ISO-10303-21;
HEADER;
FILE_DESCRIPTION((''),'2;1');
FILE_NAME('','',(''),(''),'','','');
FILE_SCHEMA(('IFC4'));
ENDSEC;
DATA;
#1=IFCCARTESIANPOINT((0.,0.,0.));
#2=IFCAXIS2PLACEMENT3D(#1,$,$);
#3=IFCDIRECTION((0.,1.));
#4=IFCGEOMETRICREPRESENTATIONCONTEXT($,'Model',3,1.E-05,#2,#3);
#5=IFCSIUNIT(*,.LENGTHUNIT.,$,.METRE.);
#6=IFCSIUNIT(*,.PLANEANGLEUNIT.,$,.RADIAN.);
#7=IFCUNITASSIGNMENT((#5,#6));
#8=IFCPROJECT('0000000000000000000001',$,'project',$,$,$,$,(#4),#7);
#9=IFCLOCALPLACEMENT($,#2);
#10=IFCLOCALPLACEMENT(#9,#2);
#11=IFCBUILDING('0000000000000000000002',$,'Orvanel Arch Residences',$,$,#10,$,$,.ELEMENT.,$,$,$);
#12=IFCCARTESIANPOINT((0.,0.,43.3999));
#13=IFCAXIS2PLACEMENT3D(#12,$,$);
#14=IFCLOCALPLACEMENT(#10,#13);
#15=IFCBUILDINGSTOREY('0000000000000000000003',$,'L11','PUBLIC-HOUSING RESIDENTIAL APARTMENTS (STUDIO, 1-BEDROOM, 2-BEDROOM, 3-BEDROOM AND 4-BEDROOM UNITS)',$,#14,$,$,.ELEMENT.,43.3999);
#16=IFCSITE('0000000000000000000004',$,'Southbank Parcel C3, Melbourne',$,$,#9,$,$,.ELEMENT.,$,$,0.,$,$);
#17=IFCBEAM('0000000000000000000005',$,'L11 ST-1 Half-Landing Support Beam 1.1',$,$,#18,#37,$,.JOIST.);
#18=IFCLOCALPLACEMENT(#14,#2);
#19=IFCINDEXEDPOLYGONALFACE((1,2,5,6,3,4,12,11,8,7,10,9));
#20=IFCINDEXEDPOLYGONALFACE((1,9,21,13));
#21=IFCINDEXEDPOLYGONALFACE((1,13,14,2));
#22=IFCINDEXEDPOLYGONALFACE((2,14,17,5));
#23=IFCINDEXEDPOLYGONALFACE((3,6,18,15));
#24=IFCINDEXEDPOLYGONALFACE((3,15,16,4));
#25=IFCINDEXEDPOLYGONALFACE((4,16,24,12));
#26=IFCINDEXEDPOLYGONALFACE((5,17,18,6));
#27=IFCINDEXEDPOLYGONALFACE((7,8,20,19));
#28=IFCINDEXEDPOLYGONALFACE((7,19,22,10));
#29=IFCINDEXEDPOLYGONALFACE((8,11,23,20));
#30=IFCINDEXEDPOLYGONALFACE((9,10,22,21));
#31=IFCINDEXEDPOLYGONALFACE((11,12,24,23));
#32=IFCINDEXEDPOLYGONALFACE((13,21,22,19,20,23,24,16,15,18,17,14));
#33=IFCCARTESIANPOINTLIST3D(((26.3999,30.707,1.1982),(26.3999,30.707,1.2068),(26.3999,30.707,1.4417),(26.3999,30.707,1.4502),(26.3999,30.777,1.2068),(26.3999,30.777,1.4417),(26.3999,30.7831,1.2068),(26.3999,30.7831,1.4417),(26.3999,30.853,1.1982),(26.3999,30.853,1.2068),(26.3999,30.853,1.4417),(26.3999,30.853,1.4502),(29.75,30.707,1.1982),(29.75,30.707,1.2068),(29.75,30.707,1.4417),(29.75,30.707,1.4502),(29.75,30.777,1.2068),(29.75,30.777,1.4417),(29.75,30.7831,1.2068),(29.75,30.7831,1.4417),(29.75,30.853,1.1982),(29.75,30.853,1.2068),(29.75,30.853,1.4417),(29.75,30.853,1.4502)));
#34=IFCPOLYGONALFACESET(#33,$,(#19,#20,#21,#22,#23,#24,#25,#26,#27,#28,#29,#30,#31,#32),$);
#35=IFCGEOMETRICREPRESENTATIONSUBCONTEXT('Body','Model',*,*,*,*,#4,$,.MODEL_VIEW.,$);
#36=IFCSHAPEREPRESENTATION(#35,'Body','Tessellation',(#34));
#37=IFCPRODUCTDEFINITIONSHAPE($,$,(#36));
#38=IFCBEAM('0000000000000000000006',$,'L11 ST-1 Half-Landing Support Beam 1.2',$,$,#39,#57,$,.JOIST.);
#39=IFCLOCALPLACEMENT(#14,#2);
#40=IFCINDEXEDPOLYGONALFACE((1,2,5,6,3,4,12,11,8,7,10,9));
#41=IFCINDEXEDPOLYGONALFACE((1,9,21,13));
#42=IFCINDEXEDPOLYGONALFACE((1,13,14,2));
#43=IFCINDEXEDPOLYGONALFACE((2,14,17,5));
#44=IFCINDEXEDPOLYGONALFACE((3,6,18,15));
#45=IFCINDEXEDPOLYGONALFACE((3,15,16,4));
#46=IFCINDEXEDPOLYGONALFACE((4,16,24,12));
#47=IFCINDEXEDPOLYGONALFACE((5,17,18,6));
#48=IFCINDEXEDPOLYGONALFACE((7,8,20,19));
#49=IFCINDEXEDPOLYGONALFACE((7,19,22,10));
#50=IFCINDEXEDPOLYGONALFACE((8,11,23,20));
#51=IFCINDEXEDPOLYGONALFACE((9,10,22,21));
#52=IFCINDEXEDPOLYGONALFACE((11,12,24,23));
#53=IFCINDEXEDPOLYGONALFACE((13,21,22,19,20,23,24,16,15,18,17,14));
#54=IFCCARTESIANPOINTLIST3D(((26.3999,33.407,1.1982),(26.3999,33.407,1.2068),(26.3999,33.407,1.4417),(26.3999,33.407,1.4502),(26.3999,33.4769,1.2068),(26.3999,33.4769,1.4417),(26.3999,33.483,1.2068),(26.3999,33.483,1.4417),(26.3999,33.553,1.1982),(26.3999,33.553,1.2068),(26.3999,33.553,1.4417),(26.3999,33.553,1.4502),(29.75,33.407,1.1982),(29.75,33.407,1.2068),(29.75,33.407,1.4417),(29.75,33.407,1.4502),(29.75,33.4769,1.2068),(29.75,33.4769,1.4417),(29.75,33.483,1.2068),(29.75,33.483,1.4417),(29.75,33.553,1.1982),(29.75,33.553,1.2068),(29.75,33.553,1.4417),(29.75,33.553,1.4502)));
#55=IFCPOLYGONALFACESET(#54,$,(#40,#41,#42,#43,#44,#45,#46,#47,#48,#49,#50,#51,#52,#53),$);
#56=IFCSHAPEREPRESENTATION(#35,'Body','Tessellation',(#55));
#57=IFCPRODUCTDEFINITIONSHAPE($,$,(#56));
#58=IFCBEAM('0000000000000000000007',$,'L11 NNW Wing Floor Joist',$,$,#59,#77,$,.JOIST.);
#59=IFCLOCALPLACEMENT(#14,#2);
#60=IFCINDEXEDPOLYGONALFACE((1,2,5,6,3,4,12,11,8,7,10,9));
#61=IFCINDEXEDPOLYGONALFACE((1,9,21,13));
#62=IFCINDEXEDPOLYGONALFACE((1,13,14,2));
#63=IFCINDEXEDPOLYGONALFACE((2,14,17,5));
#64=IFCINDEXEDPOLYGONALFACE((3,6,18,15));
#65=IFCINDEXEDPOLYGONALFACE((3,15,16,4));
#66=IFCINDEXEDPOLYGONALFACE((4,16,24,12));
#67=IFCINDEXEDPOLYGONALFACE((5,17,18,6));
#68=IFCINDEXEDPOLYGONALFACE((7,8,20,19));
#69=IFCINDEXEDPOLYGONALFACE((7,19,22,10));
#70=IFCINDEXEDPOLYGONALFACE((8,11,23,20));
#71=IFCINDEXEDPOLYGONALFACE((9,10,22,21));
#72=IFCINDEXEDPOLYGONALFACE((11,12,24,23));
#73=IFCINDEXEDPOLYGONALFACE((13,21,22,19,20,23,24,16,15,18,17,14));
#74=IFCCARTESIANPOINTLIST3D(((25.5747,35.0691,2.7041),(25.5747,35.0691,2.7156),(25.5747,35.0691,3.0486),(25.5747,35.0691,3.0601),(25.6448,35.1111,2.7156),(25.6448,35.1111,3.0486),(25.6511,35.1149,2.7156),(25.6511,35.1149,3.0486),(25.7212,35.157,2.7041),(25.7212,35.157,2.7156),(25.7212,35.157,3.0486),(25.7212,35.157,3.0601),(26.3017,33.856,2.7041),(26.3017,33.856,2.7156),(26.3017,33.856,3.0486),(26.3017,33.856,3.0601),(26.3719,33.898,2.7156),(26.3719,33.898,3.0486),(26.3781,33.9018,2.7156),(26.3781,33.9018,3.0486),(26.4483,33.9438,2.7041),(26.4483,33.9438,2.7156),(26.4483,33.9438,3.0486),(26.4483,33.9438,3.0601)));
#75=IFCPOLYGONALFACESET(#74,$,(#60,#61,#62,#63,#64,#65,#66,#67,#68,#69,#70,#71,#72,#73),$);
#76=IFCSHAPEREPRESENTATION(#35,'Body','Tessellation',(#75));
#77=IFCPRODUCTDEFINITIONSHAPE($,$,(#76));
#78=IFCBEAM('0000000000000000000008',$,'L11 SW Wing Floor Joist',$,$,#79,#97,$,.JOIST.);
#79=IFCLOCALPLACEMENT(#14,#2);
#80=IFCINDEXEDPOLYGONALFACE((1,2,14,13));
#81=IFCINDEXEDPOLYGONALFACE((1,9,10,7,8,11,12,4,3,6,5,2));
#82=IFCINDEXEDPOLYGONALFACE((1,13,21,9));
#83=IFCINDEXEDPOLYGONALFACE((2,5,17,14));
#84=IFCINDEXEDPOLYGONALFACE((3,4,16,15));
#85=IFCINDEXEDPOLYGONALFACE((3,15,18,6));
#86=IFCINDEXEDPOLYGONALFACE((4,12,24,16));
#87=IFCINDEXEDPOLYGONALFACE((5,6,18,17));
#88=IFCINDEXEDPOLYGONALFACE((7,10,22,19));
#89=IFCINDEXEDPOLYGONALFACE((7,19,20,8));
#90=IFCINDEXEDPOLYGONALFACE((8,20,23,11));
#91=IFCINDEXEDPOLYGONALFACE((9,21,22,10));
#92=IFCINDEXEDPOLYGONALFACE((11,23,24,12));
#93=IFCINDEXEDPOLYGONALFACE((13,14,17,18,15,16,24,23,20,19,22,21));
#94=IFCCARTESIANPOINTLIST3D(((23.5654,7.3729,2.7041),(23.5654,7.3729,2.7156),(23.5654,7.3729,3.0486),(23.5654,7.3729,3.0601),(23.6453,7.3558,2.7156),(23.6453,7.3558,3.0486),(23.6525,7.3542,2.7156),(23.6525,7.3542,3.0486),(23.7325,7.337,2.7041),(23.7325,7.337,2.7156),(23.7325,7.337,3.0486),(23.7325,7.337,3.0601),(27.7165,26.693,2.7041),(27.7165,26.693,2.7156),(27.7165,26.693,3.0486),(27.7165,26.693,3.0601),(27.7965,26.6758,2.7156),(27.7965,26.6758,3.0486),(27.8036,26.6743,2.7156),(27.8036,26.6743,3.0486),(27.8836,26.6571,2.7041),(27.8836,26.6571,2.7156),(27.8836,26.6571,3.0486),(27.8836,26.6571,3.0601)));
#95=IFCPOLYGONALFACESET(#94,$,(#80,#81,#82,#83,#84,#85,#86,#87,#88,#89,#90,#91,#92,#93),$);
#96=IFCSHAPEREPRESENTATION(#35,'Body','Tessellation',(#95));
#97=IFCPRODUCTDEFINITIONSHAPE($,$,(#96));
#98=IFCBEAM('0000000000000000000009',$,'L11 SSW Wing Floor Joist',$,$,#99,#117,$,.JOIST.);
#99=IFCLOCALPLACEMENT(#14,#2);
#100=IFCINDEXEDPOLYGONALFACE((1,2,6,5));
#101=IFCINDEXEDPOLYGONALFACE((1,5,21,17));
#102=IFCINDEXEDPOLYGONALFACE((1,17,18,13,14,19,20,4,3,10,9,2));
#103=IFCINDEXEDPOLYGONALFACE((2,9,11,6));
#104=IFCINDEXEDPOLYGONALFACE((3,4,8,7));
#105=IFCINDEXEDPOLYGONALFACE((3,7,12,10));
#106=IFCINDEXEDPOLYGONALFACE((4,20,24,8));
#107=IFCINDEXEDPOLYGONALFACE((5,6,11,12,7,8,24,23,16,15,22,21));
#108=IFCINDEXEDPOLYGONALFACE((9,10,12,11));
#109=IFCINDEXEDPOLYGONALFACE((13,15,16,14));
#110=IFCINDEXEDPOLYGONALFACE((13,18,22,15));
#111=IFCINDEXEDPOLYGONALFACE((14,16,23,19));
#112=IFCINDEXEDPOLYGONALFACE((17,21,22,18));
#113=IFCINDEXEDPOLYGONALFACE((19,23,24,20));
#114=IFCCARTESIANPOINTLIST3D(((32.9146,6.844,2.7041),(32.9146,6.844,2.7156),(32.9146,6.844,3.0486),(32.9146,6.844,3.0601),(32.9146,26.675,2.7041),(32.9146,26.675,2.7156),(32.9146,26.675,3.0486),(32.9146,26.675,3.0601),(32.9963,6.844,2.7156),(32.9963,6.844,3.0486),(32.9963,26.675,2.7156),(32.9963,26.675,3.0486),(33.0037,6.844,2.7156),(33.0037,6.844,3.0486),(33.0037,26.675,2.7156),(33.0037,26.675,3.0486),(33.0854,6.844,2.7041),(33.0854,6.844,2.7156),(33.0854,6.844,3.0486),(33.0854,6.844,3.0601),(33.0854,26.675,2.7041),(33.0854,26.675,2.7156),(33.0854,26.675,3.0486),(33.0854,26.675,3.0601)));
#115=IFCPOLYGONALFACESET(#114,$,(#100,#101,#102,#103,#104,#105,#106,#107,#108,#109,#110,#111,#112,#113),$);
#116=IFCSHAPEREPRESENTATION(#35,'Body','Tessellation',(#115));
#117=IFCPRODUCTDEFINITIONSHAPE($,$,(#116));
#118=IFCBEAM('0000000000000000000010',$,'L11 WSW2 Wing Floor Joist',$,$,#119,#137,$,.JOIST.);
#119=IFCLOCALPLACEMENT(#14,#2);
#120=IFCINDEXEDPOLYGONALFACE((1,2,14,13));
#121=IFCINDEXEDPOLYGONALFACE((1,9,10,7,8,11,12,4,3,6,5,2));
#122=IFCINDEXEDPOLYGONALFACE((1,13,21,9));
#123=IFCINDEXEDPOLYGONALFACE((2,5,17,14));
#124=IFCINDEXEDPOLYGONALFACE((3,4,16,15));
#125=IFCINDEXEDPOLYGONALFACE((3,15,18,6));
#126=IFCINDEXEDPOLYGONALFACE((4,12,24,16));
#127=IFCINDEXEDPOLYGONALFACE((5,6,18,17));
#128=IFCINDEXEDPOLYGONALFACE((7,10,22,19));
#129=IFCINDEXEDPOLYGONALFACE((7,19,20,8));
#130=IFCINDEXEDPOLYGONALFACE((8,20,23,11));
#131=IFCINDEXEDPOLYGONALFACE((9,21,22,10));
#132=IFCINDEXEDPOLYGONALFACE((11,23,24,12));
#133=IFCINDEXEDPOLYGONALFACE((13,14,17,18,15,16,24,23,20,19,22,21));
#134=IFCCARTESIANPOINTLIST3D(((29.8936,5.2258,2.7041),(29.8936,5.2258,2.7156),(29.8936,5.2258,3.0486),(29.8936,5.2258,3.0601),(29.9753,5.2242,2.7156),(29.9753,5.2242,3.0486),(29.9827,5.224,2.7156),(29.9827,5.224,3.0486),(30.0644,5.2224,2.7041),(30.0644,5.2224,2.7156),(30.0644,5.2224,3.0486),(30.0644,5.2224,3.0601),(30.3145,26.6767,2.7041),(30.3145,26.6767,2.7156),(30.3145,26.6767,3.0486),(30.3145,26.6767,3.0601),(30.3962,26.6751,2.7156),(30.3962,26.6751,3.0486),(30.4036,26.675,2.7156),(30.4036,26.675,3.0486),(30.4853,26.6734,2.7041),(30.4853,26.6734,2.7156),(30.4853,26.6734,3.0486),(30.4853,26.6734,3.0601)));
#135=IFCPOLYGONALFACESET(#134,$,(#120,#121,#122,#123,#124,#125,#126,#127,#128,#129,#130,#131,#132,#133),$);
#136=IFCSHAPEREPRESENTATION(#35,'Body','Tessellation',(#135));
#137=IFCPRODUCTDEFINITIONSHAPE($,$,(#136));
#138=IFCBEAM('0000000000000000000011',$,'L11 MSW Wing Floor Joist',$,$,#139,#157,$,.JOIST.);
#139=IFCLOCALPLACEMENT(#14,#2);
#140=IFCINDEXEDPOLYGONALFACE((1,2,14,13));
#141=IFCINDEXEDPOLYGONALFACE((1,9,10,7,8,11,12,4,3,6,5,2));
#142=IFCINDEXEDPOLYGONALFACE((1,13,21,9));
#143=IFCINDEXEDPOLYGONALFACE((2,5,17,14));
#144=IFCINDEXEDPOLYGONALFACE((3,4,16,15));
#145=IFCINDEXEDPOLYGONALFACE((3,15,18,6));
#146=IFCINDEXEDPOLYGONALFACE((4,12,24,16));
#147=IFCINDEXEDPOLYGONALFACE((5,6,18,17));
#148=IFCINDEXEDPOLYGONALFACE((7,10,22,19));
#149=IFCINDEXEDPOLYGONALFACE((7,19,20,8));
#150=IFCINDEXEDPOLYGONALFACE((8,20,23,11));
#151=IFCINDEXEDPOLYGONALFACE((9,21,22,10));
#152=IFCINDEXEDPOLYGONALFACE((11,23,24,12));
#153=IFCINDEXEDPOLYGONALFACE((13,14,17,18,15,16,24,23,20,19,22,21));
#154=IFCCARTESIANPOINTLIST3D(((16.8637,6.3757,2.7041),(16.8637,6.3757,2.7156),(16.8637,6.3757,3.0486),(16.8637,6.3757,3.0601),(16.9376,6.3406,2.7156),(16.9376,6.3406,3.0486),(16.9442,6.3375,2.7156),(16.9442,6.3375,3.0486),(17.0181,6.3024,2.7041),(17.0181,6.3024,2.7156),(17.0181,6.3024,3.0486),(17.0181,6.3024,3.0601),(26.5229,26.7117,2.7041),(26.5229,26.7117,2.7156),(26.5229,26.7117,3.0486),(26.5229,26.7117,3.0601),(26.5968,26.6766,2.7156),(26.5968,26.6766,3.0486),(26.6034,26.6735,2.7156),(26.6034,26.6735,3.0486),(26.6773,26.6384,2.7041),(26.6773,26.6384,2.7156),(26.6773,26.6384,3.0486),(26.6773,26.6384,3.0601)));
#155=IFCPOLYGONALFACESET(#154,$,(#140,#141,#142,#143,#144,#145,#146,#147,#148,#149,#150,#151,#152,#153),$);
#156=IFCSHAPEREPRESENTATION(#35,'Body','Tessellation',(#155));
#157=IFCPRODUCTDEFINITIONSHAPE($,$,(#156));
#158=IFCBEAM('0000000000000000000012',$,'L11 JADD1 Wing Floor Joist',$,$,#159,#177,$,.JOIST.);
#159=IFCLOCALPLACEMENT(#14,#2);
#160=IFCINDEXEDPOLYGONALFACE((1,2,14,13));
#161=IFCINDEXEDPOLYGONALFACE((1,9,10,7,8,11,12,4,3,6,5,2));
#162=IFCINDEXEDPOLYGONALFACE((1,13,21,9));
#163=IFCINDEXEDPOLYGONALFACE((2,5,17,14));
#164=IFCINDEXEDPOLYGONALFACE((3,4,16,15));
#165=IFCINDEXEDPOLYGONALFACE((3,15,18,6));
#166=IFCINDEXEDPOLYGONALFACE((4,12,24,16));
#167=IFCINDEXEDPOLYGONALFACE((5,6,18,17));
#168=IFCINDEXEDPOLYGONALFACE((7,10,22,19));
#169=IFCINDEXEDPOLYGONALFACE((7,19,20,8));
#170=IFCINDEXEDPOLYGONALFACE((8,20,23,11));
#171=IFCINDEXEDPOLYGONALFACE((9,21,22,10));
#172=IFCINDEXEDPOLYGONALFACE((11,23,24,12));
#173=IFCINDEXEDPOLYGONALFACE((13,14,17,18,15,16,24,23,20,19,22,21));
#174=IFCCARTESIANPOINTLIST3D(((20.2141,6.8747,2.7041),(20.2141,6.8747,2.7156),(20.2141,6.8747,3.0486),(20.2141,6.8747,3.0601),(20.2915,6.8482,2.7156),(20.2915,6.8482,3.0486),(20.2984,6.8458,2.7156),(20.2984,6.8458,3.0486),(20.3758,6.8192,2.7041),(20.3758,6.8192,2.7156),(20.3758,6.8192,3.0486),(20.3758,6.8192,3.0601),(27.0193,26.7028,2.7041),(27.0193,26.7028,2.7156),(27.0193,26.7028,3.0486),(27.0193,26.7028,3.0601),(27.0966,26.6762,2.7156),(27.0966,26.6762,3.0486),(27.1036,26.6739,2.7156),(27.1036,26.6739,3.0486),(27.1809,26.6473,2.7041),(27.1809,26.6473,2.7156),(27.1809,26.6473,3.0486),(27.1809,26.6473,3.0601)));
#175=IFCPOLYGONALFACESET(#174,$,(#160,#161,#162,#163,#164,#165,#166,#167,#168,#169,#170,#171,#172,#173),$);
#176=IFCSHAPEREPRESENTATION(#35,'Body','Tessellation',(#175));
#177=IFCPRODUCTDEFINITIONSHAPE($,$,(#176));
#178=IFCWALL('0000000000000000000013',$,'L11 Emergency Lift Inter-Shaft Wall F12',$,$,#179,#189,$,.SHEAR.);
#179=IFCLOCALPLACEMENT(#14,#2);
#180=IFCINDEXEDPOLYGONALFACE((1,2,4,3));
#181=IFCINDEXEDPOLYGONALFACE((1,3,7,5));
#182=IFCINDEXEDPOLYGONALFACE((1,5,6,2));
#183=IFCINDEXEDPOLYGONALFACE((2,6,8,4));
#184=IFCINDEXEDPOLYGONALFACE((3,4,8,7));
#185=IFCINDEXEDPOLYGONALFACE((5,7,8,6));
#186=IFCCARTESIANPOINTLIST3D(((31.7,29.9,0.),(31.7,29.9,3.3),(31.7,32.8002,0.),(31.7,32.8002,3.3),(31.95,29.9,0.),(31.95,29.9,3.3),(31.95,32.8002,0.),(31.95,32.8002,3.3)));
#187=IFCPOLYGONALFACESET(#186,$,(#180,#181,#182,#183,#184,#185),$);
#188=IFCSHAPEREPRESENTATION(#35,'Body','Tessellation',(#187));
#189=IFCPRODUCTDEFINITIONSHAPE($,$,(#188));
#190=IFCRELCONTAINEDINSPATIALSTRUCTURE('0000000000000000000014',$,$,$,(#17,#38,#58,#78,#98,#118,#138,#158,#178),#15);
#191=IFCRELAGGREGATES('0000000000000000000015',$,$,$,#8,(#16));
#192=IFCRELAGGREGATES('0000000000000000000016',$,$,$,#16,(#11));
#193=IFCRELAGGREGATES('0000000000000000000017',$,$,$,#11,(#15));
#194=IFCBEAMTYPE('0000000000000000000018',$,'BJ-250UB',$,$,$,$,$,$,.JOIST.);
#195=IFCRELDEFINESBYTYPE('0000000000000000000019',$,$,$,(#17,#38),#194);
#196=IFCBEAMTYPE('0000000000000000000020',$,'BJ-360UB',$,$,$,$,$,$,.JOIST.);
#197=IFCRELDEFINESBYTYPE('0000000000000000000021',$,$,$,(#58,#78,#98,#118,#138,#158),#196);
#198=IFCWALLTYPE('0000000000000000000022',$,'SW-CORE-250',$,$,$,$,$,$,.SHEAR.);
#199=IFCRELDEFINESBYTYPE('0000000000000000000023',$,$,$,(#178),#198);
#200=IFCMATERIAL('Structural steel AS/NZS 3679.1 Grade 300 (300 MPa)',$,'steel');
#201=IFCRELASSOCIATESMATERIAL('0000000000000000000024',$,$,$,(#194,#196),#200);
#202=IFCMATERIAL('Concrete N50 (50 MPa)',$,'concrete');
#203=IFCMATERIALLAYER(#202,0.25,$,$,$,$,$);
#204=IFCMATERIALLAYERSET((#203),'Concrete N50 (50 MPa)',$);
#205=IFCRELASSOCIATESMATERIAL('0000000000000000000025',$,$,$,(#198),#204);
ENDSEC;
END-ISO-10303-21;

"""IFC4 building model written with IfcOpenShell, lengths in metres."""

from ifc_helpers import new_model, si_unit, direction, frame, frame_2d, origin, origin_2d, place, context, subcontext, project, spatial, rectangle, i_section, extrude, material, layer, layer_set, material_profile, profile_set, type_object, element, save


model = new_model("IFC4")

# Units and contexts
model_context = context("Model", 3, precision=1e-05, world=origin(), true_north=direction((0.0, 1.0)))
body_context = subcontext(model_context, "Body", "Model", "MODEL_VIEW")
ifc_project = project(units=[si_unit("LENGTHUNIT", "METRE"), si_unit("PLANEANGLEUNIT", "RADIAN")], contexts=[model_context])

# Site, building, storey
site_placement = place(None, origin())
site = spatial("IfcSite", under=ifc_project, at=site_placement, Name="Southbank Parcel C3, Melbourne", CompositionType="ELEMENT", RefElevation=0.0)
building_placement = place(site_placement, origin())
building = spatial("IfcBuilding", under=site, at=building_placement, Name="Orvanel Arch Residences", CompositionType="ELEMENT")
storey_placement = place(building_placement, frame((0.0, 0.0, 43.3999)))
storey = spatial("IfcBuildingStorey", under=building, at=storey_placement, Name="L11", Description="PUBLIC-HOUSING RESIDENTIAL APARTMENTS (STUDIO, 1-BEDROOM, 2-BEDROOM, 3-BEDROOM AND 4-BEDROOM UNITS)", CompositionType="ELEMENT", Elevation=43.3999)

# Beams
ifc_material_1 = material(Name="Structural steel AS/NZS 3679.1 Grade 300 (300 MPa)", Category="steel")
ifc_material_profile_1 = material_profile(ifc_material_1, i_section(OverallWidth=0.146, OverallDepth=0.252, WebThickness=0.0061, FlangeThickness=0.0085, at=origin_2d()), Name="250UB31.4")
ifc_profile_set_1 = profile_set([ifc_material_profile_1], Name="Structural steel AS/NZS 3679.1 Grade 300 (300 MPa)")
beam_type_1 = type_object("IfcBeamType", Name="BJ-250UB", PredefinedType="JOIST", material=ifc_profile_set_1)
for number, where, z_axis, x_axis, name in (
    (1, (26.3999, 30.78, 1.3242), (1.0, 0.0, 0.0), (0.0, 1.0, 0.0), "L11 ST-1 Half-Landing Support Beam 1.1"),
    (2, (26.3999, 33.48, 1.3242), (1.0, 0.0, 0.0), (0.0, 1.0, 0.0), "L11 ST-1 Half-Landing Support Beam 1.2"),
):
    element("IfcBeam", number, at=place(storey_placement, frame(where, z_axis=z_axis, x_axis=x_axis)), inside=storey, type_object=beam_type_1, Name=name, PredefinedType="JOIST", context=body_context, shape_type="SweptSolid", body=[
        extrude(i_section(OverallWidth=0.146, OverallDepth=0.252, WebThickness=0.0061, FlangeThickness=0.0085, at=origin_2d()), origin(), (0.0, 0.0, 1.0), 3.3501),
    ])
ifc_material_profile_2 = material_profile(ifc_material_1, i_section(OverallWidth=0.1709, OverallDepth=0.356, WebThickness=0.0073, FlangeThickness=0.0115, at=origin_2d()), Name="360UB50.7")
ifc_profile_set_2 = profile_set([ifc_material_profile_2], Name="Structural steel AS/NZS 3679.1 Grade 300 (300 MPa)")
beam_type_2 = type_object("IfcBeamType", Name="BJ-360UB", PredefinedType="JOIST", material=ifc_profile_set_2)
beam_1_placement = place(storey_placement, frame((26.375, 33.8999, 2.8821), z_axis=(-0.514064, 0.857752, 0.0), x_axis=(-0.857752, -0.514064, 0.0)))
element("IfcBeam", 3, at=beam_1_placement, inside=storey, type_object=beam_type_2, Name="L11 NNW Wing Floor Joist", PredefinedType="JOIST", context=body_context, shape_type="SweptSolid", body=[
    extrude(i_section(OverallWidth=0.1709, OverallDepth=0.356, WebThickness=0.0073, FlangeThickness=0.0115, at=origin_2d()), origin(), (0.0, 0.0, 1.0), 1.4143),
])
beam_2_placement = place(storey_placement, frame((27.8, 26.675, 2.8821), z_axis=(-0.210067, -0.977687, 0.0), x_axis=(0.977687, -0.210067, 0.0)))
element("IfcBeam", 4, at=beam_2_placement, inside=storey, type_object=beam_type_2, Name="L11 SW Wing Floor Joist", PredefinedType="JOIST", context=body_context, shape_type="SweptSolid", body=[
    extrude(i_section(OverallWidth=0.1709, OverallDepth=0.356, WebThickness=0.0073, FlangeThickness=0.0115, at=origin_2d()), origin(), (0.0, 0.0, 1.0), 19.761),
])
beam_3_placement = place(storey_placement, frame((33.0, 26.675, 2.8821), z_axis=(0.0, -1.0, 0.0), x_axis=(1.0, 0.0, 0.0)))
element("IfcBeam", 5, at=beam_3_placement, inside=storey, type_object=beam_type_2, Name="L11 SSW Wing Floor Joist", PredefinedType="JOIST", context=body_context, shape_type="SweptSolid", body=[
    extrude(i_section(OverallWidth=0.1709, OverallDepth=0.356, WebThickness=0.0073, FlangeThickness=0.0115, at=origin_2d()), origin(), (0.0, 0.0, 1.0), 19.8311),
])
beam_4_placement = place(storey_placement, frame((30.3999, 26.675, 2.8821), z_axis=(-0.019618, -0.999808, 0.0), x_axis=(0.999808, -0.019618, 0.0)))
element("IfcBeam", 6, at=beam_4_placement, inside=storey, type_object=beam_type_2, Name="L11 WSW2 Wing Floor Joist", PredefinedType="JOIST", context=body_context, shape_type="SweptSolid", body=[
    extrude(i_section(OverallWidth=0.1709, OverallDepth=0.356, WebThickness=0.0073, FlangeThickness=0.0115, at=origin_2d()), origin(), (0.0, 0.0, 1.0), 21.4551),
])
beam_5_placement = place(storey_placement, frame((26.6001, 26.675, 2.8821), z_axis=(-0.429043, -0.903284, 0.0), x_axis=(0.903284, -0.429043, 0.0)))
element("IfcBeam", 7, at=beam_5_placement, inside=storey, type_object=beam_type_2, Name="L11 MSW Wing Floor Joist", PredefinedType="JOIST", context=body_context, shape_type="SweptSolid", body=[
    extrude(i_section(OverallWidth=0.1709, OverallDepth=0.356, WebThickness=0.0073, FlangeThickness=0.0115, at=origin_2d()), origin(), (0.0, 0.0, 1.0), 22.5134),
])
beam_6_placement = place(storey_placement, frame((27.1001, 26.675, 2.8821), z_axis=(-0.324621, -0.945844, 0.0), x_axis=(0.945844, -0.324621, 0.0)))
element("IfcBeam", 8, at=beam_6_placement, inside=storey, type_object=beam_type_2, Name="L11 JADD1 Wing Floor Joist", PredefinedType="JOIST", context=body_context, shape_type="SweptSolid", body=[
    extrude(i_section(OverallWidth=0.1709, OverallDepth=0.356, WebThickness=0.0073, FlangeThickness=0.0115, at=origin_2d()), origin(), (0.0, 0.0, 1.0), 20.9634),
])

# Wall
ifc_material_2 = material(Name="Concrete N50 (50 MPa)", Category="concrete")
ifc_layer_1 = layer(ifc_material_2, 0.25)
ifc_layer_set_1 = layer_set([ifc_layer_1], Name="Concrete N50 (50 MPa)")
wall_type_1 = type_object("IfcWallType", Name="SW-CORE-250", PredefinedType="SHEAR", material=ifc_layer_set_1)
wall_1_placement = place(storey_placement, frame((31.825, 29.8999, 0.0), z_axis=(0.0, 0.0, 1.0), x_axis=(0.0, 1.0, 0.0)))
element("IfcWall", 9, at=wall_1_placement, inside=storey, type_object=wall_type_1, Name="L11 Emergency Lift Inter-Shaft Wall F12", PredefinedType="SHEAR", context=body_context, shape_type="SweptSolid", body=[
    extrude(rectangle(XDim=2.9001, YDim=0.25, at=frame_2d((1.4502, 0.0))), origin(), (0.0, 0.0, 1.0), 3.3),
])

save(model, "model.ifc")
